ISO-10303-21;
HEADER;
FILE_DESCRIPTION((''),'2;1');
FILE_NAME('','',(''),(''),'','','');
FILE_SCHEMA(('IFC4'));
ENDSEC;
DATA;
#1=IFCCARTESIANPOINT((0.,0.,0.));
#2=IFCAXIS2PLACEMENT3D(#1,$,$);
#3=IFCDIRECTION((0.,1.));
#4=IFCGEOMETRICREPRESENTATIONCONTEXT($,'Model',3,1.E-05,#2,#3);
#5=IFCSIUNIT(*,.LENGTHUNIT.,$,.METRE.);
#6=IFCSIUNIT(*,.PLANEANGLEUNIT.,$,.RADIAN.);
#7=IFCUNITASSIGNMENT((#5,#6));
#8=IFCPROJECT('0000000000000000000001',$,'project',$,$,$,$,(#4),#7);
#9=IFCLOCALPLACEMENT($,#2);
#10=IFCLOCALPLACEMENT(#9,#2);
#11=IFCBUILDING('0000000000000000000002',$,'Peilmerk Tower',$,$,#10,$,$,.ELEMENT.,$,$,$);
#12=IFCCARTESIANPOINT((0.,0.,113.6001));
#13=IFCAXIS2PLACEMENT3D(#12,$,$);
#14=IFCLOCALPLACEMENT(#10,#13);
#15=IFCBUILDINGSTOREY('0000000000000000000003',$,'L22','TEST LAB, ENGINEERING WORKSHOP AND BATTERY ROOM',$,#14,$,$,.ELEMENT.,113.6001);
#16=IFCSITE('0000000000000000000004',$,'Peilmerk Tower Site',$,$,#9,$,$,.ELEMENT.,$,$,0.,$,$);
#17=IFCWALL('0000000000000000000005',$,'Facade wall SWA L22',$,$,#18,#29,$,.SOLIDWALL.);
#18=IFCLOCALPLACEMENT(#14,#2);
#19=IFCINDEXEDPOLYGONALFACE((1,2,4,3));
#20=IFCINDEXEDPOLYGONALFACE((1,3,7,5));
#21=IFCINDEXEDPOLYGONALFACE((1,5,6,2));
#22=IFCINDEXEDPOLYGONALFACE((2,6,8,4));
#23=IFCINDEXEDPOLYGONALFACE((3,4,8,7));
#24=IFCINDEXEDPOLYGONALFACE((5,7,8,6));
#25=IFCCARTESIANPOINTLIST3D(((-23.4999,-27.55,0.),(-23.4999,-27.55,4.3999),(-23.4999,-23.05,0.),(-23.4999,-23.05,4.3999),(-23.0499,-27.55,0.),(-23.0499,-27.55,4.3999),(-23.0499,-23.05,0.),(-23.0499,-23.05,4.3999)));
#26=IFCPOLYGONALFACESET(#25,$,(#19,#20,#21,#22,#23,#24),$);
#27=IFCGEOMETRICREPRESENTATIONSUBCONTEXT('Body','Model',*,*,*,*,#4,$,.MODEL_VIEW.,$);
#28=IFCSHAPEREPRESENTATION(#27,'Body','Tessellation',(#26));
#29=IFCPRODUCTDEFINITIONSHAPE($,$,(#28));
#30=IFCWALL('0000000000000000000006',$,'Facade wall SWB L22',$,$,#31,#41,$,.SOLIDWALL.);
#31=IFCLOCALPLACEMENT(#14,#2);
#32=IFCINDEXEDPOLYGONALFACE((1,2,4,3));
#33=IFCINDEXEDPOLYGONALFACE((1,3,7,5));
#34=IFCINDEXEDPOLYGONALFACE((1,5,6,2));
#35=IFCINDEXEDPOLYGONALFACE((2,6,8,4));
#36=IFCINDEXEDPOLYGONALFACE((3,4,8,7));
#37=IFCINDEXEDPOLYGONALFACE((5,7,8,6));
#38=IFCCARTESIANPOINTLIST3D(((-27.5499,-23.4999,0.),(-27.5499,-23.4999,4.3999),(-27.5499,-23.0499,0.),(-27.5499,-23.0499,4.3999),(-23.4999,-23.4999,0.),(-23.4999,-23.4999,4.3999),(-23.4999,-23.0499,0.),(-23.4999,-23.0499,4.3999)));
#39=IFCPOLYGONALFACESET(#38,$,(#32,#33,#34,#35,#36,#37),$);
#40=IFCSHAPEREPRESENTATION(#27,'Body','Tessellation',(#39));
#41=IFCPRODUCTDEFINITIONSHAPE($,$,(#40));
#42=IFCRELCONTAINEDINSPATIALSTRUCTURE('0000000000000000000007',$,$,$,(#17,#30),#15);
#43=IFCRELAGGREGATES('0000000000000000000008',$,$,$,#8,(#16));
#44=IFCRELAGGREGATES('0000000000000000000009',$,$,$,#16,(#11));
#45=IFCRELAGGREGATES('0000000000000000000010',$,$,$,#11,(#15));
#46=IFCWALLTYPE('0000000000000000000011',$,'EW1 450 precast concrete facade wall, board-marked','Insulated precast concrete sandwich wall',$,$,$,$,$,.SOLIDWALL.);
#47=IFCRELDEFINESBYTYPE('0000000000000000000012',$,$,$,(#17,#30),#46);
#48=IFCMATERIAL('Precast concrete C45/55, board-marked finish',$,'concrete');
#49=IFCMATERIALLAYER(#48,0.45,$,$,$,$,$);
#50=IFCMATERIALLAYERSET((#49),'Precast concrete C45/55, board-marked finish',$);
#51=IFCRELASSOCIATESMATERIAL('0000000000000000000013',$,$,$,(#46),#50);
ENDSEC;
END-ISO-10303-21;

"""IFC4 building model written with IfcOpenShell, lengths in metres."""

from ifc_helpers import new_model, si_unit, direction, frame, frame_2d, origin, place, context, subcontext, project, spatial, rectangle, extrude, material, layer, layer_set, type_object, element, save


model = new_model("IFC4")

# Units and contexts
model_context = context("Model", 3, precision=1e-05, world=origin(), true_north=direction((0.0, 1.0)))
body_context = subcontext(model_context, "Body", "Model", "MODEL_VIEW")
ifc_project = project(units=[si_unit("LENGTHUNIT", "METRE"), si_unit("PLANEANGLEUNIT", "RADIAN")], contexts=[model_context])

# Site, building, storey
site_placement = place(None, origin())
site = spatial("IfcSite", under=ifc_project, at=site_placement, Name="Peilmerk Tower Site", CompositionType="ELEMENT", RefElevation=0.0)
building_placement = place(site_placement, origin())
building = spatial("IfcBuilding", under=site, at=building_placement, Name="Peilmerk Tower", CompositionType="ELEMENT")
storey_placement = place(building_placement, frame((0.0, 0.0, 113.6001)))
storey = spatial("IfcBuildingStorey", under=building, at=storey_placement, Name="L22", Description="TEST LAB, ENGINEERING WORKSHOP AND BATTERY ROOM", CompositionType="ELEMENT", Elevation=113.6001)

# Shared definitions
ifc_material_1 = material(Name="Precast concrete C45/55, board-marked finish", Category="concrete")
ifc_layer = layer(ifc_material_1, 0.45)
ifc_layer_set = layer_set([ifc_layer], Name="Precast concrete C45/55, board-marked finish")
wall_type = type_object("IfcWallType", Name="EW1 450 precast concrete facade wall, board-marked", Description="Insulated precast concrete sandwich wall", PredefinedType="SOLIDWALL", material=ifc_layer_set)

# Walls
wall_1_placement = place(storey_placement, frame((-23.2749, -23.05, 0.0), z_axis=(0.0, 0.0, 1.0), x_axis=(0.0, -1.0, 0.0)))
element("IfcWall", 1, at=wall_1_placement, inside=storey, type_object=wall_type, Name="Facade wall SWA L22", PredefinedType="SOLIDWALL", context=body_context, shape_type="SweptSolid", body=[
    extrude(rectangle(XDim=4.5, YDim=0.45, at=frame_2d((2.25, 0.0))), origin(), (0.0, 0.0, 1.0), 4.3999),
])
wall_2_placement = place(storey_placement, frame((-23.5, -23.2749, 0.0), z_axis=(0.0, 0.0, 1.0), x_axis=(-1.0, 0.0, 0.0)))
element("IfcWall", 2, at=wall_2_placement, inside=storey, type_object=wall_type, Name="Facade wall SWB L22", PredefinedType="SOLIDWALL", context=body_context, shape_type="SweptSolid", body=[
    extrude(rectangle(XDim=4.05, YDim=0.45, at=frame_2d((2.0249, 0.0))), origin(), (0.0, 0.0, 1.0), 4.3999),
])

save(model, "model.ifc")
